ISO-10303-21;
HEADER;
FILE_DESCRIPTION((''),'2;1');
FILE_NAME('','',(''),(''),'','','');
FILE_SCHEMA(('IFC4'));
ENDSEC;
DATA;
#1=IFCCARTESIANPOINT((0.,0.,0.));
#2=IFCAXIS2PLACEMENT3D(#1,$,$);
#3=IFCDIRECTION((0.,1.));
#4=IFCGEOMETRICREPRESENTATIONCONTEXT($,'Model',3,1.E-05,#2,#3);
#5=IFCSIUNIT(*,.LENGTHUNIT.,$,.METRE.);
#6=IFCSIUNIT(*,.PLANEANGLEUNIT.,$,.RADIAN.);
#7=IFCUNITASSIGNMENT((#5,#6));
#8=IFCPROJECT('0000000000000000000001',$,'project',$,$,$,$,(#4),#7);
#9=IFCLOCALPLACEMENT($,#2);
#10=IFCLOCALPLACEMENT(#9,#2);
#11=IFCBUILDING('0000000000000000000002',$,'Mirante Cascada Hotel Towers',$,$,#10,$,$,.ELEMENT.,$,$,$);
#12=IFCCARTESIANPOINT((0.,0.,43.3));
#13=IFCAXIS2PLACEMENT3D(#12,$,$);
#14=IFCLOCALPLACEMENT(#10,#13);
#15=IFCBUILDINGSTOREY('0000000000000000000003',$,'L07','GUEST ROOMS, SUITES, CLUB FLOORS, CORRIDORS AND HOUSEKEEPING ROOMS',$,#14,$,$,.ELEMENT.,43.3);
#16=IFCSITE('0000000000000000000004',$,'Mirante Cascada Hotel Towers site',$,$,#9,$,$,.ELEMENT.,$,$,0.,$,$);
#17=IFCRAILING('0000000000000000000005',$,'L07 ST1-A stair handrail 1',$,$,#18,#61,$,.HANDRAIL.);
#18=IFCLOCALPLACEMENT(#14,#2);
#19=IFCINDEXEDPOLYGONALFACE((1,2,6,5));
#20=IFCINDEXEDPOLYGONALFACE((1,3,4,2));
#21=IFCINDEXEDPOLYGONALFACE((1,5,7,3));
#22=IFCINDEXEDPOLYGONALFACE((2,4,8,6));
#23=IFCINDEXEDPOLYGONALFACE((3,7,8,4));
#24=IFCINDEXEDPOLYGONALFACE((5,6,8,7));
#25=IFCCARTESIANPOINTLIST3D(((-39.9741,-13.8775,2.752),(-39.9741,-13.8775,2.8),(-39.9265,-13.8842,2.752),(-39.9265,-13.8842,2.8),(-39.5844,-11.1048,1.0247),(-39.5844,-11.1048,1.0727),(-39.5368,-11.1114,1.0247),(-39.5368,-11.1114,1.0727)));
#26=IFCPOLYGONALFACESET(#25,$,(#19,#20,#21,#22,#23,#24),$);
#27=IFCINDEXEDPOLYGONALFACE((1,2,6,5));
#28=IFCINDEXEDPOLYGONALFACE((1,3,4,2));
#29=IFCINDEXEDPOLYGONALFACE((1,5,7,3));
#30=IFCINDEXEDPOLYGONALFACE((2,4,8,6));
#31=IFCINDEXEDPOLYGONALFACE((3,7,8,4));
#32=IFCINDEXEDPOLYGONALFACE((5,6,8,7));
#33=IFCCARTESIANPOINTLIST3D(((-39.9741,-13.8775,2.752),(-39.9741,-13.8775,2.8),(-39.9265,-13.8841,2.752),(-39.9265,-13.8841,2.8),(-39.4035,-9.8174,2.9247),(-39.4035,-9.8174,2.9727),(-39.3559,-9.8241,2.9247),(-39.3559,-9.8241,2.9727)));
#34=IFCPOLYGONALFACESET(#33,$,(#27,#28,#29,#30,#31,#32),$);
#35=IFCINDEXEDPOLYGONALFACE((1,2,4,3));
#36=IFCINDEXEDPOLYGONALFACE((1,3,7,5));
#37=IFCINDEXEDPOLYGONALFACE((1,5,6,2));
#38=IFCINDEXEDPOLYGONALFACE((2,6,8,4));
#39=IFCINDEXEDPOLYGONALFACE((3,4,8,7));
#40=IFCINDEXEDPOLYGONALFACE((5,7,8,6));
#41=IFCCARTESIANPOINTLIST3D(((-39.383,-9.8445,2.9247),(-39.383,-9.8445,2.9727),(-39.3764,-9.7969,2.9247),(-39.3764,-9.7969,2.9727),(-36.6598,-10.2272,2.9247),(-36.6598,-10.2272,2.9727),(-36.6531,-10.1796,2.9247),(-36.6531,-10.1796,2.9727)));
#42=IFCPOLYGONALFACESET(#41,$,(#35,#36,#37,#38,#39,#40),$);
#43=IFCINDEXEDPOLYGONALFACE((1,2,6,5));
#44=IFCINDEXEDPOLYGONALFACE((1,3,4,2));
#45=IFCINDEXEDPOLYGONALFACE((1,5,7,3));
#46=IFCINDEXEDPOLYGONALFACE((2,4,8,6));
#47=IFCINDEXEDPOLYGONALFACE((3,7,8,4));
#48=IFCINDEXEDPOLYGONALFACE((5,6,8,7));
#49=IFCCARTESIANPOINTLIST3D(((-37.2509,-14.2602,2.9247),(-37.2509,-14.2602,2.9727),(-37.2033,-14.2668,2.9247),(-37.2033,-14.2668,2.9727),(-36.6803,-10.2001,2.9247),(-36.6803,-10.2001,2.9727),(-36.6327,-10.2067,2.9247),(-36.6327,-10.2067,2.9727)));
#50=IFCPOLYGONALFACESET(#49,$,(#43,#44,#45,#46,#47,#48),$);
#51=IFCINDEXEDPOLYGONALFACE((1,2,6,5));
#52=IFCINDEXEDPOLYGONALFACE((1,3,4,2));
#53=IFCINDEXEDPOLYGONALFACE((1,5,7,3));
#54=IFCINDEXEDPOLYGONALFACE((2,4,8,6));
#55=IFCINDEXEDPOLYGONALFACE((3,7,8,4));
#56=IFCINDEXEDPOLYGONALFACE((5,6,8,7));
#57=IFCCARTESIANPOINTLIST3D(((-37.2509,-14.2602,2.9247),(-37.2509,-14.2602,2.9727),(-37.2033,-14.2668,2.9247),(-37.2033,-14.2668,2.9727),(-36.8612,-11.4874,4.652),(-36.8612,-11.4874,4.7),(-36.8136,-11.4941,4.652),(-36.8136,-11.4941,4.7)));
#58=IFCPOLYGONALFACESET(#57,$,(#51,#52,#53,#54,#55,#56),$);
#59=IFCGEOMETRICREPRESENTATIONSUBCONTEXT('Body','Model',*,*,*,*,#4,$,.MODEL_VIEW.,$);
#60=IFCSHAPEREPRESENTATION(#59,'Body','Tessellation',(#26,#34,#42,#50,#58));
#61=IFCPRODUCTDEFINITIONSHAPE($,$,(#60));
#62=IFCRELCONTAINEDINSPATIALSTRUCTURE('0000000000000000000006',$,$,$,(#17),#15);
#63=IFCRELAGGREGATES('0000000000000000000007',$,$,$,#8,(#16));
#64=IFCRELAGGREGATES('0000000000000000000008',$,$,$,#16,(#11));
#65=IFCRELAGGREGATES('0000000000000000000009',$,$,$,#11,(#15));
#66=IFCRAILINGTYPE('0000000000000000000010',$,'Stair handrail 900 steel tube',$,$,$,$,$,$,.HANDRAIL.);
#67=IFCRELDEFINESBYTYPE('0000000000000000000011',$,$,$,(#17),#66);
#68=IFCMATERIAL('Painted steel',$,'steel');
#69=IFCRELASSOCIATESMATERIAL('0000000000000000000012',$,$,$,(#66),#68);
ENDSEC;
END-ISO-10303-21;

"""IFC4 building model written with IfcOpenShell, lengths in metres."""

from ifc_helpers import new_model, si_unit, direction, frame, origin, origin_2d, place, context, subcontext, project, spatial, rectangle, extrude, material, type_object, element, save


model = new_model("IFC4")

# Units and contexts
model_context = context("Model", 3, precision=1e-05, world=origin(), true_north=direction((0.0, 1.0)))
body_context = subcontext(model_context, "Body", "Model", "MODEL_VIEW")
ifc_project = project(units=[si_unit("LENGTHUNIT", "METRE"), si_unit("PLANEANGLEUNIT", "RADIAN")], contexts=[model_context])

# Site, building, storey
site_placement = place(None, origin())
site = spatial("IfcSite", under=ifc_project, at=site_placement, Name="Mirante Cascada Hotel Towers site", CompositionType="ELEMENT", RefElevation=0.0)
building_placement = place(site_placement, origin())
building = spatial("IfcBuilding", under=site, at=building_placement, Name="Mirante Cascada Hotel Towers", CompositionType="ELEMENT")
storey_placement = place(building_placement, frame((0.0, 0.0, 43.3)))
storey = spatial("IfcBuildingStorey", under=building, at=storey_placement, Name="L07", Description="GUEST ROOMS, SUITES, CLUB FLOORS, CORRIDORS AND HOUSEKEEPING ROOMS", CompositionType="ELEMENT", Elevation=43.3)

# Railing
ifc_material_1 = material(Name="Painted steel", Category="steel")
railing_type_1 = type_object("IfcRailingType", Name="Stair handrail 900 steel tube", PredefinedType="HANDRAIL", material=ifc_material_1)
railing_1_placement = place(storey_placement, frame((-39.5606, -11.1081, 0.1727)))
element("IfcRailing", 1, at=railing_1_placement, inside=storey, type_object=railing_type_1, Name="L07 ST1-A stair handrail 1", PredefinedType="HANDRAIL", context=body_context, shape_type="SweptSolid", body=[
    extrude(rectangle(XDim=0.048, YDim=0.048, at=origin_2d()), frame((0.0, 0.0, 0.876), z_axis=(-0.139181, -0.990267, 0.0), x_axis=(0.990267, -0.139181, 0.0)), (0.0, 0.525035, 0.851081), 3.2899),
    extrude(rectangle(XDim=0.048, YDim=0.048, at=origin_2d()), frame((-0.3897, -2.7727, 2.6033), z_axis=(0.139171, 0.990268, 0.0), x_axis=(-0.990268, 0.139171, 0.0)), (0.0, 0.042085, 0.999114), 4.1036),
    extrude(rectangle(XDim=0.048, YDim=0.048, at=origin_2d()), frame((0.1809, 1.2874, 2.776), z_axis=(0.990269, -0.139166, 0.0), x_axis=(0.139166, 0.990269, 0.0)), (0.0, 0.0, 1.0), 2.75),
    extrude(rectangle(XDim=0.048, YDim=0.048, at=origin_2d()), frame((2.9041, 0.9047, 2.776), z_axis=(-0.139171, -0.990268, 0.0), x_axis=(0.990268, -0.139171, 0.0)), (0.0, 0.0, 1.0), 4.1),
    extrude(rectangle(XDim=0.048, YDim=0.048, at=origin_2d()), frame((2.3335, -3.1554, 2.776), z_axis=(0.139181, 0.990267, 0.0), x_axis=(-0.990267, 0.139181, 0.0)), (0.0, 0.525035, 0.851081), 3.2899),
])

save(model, "model.ifc")
